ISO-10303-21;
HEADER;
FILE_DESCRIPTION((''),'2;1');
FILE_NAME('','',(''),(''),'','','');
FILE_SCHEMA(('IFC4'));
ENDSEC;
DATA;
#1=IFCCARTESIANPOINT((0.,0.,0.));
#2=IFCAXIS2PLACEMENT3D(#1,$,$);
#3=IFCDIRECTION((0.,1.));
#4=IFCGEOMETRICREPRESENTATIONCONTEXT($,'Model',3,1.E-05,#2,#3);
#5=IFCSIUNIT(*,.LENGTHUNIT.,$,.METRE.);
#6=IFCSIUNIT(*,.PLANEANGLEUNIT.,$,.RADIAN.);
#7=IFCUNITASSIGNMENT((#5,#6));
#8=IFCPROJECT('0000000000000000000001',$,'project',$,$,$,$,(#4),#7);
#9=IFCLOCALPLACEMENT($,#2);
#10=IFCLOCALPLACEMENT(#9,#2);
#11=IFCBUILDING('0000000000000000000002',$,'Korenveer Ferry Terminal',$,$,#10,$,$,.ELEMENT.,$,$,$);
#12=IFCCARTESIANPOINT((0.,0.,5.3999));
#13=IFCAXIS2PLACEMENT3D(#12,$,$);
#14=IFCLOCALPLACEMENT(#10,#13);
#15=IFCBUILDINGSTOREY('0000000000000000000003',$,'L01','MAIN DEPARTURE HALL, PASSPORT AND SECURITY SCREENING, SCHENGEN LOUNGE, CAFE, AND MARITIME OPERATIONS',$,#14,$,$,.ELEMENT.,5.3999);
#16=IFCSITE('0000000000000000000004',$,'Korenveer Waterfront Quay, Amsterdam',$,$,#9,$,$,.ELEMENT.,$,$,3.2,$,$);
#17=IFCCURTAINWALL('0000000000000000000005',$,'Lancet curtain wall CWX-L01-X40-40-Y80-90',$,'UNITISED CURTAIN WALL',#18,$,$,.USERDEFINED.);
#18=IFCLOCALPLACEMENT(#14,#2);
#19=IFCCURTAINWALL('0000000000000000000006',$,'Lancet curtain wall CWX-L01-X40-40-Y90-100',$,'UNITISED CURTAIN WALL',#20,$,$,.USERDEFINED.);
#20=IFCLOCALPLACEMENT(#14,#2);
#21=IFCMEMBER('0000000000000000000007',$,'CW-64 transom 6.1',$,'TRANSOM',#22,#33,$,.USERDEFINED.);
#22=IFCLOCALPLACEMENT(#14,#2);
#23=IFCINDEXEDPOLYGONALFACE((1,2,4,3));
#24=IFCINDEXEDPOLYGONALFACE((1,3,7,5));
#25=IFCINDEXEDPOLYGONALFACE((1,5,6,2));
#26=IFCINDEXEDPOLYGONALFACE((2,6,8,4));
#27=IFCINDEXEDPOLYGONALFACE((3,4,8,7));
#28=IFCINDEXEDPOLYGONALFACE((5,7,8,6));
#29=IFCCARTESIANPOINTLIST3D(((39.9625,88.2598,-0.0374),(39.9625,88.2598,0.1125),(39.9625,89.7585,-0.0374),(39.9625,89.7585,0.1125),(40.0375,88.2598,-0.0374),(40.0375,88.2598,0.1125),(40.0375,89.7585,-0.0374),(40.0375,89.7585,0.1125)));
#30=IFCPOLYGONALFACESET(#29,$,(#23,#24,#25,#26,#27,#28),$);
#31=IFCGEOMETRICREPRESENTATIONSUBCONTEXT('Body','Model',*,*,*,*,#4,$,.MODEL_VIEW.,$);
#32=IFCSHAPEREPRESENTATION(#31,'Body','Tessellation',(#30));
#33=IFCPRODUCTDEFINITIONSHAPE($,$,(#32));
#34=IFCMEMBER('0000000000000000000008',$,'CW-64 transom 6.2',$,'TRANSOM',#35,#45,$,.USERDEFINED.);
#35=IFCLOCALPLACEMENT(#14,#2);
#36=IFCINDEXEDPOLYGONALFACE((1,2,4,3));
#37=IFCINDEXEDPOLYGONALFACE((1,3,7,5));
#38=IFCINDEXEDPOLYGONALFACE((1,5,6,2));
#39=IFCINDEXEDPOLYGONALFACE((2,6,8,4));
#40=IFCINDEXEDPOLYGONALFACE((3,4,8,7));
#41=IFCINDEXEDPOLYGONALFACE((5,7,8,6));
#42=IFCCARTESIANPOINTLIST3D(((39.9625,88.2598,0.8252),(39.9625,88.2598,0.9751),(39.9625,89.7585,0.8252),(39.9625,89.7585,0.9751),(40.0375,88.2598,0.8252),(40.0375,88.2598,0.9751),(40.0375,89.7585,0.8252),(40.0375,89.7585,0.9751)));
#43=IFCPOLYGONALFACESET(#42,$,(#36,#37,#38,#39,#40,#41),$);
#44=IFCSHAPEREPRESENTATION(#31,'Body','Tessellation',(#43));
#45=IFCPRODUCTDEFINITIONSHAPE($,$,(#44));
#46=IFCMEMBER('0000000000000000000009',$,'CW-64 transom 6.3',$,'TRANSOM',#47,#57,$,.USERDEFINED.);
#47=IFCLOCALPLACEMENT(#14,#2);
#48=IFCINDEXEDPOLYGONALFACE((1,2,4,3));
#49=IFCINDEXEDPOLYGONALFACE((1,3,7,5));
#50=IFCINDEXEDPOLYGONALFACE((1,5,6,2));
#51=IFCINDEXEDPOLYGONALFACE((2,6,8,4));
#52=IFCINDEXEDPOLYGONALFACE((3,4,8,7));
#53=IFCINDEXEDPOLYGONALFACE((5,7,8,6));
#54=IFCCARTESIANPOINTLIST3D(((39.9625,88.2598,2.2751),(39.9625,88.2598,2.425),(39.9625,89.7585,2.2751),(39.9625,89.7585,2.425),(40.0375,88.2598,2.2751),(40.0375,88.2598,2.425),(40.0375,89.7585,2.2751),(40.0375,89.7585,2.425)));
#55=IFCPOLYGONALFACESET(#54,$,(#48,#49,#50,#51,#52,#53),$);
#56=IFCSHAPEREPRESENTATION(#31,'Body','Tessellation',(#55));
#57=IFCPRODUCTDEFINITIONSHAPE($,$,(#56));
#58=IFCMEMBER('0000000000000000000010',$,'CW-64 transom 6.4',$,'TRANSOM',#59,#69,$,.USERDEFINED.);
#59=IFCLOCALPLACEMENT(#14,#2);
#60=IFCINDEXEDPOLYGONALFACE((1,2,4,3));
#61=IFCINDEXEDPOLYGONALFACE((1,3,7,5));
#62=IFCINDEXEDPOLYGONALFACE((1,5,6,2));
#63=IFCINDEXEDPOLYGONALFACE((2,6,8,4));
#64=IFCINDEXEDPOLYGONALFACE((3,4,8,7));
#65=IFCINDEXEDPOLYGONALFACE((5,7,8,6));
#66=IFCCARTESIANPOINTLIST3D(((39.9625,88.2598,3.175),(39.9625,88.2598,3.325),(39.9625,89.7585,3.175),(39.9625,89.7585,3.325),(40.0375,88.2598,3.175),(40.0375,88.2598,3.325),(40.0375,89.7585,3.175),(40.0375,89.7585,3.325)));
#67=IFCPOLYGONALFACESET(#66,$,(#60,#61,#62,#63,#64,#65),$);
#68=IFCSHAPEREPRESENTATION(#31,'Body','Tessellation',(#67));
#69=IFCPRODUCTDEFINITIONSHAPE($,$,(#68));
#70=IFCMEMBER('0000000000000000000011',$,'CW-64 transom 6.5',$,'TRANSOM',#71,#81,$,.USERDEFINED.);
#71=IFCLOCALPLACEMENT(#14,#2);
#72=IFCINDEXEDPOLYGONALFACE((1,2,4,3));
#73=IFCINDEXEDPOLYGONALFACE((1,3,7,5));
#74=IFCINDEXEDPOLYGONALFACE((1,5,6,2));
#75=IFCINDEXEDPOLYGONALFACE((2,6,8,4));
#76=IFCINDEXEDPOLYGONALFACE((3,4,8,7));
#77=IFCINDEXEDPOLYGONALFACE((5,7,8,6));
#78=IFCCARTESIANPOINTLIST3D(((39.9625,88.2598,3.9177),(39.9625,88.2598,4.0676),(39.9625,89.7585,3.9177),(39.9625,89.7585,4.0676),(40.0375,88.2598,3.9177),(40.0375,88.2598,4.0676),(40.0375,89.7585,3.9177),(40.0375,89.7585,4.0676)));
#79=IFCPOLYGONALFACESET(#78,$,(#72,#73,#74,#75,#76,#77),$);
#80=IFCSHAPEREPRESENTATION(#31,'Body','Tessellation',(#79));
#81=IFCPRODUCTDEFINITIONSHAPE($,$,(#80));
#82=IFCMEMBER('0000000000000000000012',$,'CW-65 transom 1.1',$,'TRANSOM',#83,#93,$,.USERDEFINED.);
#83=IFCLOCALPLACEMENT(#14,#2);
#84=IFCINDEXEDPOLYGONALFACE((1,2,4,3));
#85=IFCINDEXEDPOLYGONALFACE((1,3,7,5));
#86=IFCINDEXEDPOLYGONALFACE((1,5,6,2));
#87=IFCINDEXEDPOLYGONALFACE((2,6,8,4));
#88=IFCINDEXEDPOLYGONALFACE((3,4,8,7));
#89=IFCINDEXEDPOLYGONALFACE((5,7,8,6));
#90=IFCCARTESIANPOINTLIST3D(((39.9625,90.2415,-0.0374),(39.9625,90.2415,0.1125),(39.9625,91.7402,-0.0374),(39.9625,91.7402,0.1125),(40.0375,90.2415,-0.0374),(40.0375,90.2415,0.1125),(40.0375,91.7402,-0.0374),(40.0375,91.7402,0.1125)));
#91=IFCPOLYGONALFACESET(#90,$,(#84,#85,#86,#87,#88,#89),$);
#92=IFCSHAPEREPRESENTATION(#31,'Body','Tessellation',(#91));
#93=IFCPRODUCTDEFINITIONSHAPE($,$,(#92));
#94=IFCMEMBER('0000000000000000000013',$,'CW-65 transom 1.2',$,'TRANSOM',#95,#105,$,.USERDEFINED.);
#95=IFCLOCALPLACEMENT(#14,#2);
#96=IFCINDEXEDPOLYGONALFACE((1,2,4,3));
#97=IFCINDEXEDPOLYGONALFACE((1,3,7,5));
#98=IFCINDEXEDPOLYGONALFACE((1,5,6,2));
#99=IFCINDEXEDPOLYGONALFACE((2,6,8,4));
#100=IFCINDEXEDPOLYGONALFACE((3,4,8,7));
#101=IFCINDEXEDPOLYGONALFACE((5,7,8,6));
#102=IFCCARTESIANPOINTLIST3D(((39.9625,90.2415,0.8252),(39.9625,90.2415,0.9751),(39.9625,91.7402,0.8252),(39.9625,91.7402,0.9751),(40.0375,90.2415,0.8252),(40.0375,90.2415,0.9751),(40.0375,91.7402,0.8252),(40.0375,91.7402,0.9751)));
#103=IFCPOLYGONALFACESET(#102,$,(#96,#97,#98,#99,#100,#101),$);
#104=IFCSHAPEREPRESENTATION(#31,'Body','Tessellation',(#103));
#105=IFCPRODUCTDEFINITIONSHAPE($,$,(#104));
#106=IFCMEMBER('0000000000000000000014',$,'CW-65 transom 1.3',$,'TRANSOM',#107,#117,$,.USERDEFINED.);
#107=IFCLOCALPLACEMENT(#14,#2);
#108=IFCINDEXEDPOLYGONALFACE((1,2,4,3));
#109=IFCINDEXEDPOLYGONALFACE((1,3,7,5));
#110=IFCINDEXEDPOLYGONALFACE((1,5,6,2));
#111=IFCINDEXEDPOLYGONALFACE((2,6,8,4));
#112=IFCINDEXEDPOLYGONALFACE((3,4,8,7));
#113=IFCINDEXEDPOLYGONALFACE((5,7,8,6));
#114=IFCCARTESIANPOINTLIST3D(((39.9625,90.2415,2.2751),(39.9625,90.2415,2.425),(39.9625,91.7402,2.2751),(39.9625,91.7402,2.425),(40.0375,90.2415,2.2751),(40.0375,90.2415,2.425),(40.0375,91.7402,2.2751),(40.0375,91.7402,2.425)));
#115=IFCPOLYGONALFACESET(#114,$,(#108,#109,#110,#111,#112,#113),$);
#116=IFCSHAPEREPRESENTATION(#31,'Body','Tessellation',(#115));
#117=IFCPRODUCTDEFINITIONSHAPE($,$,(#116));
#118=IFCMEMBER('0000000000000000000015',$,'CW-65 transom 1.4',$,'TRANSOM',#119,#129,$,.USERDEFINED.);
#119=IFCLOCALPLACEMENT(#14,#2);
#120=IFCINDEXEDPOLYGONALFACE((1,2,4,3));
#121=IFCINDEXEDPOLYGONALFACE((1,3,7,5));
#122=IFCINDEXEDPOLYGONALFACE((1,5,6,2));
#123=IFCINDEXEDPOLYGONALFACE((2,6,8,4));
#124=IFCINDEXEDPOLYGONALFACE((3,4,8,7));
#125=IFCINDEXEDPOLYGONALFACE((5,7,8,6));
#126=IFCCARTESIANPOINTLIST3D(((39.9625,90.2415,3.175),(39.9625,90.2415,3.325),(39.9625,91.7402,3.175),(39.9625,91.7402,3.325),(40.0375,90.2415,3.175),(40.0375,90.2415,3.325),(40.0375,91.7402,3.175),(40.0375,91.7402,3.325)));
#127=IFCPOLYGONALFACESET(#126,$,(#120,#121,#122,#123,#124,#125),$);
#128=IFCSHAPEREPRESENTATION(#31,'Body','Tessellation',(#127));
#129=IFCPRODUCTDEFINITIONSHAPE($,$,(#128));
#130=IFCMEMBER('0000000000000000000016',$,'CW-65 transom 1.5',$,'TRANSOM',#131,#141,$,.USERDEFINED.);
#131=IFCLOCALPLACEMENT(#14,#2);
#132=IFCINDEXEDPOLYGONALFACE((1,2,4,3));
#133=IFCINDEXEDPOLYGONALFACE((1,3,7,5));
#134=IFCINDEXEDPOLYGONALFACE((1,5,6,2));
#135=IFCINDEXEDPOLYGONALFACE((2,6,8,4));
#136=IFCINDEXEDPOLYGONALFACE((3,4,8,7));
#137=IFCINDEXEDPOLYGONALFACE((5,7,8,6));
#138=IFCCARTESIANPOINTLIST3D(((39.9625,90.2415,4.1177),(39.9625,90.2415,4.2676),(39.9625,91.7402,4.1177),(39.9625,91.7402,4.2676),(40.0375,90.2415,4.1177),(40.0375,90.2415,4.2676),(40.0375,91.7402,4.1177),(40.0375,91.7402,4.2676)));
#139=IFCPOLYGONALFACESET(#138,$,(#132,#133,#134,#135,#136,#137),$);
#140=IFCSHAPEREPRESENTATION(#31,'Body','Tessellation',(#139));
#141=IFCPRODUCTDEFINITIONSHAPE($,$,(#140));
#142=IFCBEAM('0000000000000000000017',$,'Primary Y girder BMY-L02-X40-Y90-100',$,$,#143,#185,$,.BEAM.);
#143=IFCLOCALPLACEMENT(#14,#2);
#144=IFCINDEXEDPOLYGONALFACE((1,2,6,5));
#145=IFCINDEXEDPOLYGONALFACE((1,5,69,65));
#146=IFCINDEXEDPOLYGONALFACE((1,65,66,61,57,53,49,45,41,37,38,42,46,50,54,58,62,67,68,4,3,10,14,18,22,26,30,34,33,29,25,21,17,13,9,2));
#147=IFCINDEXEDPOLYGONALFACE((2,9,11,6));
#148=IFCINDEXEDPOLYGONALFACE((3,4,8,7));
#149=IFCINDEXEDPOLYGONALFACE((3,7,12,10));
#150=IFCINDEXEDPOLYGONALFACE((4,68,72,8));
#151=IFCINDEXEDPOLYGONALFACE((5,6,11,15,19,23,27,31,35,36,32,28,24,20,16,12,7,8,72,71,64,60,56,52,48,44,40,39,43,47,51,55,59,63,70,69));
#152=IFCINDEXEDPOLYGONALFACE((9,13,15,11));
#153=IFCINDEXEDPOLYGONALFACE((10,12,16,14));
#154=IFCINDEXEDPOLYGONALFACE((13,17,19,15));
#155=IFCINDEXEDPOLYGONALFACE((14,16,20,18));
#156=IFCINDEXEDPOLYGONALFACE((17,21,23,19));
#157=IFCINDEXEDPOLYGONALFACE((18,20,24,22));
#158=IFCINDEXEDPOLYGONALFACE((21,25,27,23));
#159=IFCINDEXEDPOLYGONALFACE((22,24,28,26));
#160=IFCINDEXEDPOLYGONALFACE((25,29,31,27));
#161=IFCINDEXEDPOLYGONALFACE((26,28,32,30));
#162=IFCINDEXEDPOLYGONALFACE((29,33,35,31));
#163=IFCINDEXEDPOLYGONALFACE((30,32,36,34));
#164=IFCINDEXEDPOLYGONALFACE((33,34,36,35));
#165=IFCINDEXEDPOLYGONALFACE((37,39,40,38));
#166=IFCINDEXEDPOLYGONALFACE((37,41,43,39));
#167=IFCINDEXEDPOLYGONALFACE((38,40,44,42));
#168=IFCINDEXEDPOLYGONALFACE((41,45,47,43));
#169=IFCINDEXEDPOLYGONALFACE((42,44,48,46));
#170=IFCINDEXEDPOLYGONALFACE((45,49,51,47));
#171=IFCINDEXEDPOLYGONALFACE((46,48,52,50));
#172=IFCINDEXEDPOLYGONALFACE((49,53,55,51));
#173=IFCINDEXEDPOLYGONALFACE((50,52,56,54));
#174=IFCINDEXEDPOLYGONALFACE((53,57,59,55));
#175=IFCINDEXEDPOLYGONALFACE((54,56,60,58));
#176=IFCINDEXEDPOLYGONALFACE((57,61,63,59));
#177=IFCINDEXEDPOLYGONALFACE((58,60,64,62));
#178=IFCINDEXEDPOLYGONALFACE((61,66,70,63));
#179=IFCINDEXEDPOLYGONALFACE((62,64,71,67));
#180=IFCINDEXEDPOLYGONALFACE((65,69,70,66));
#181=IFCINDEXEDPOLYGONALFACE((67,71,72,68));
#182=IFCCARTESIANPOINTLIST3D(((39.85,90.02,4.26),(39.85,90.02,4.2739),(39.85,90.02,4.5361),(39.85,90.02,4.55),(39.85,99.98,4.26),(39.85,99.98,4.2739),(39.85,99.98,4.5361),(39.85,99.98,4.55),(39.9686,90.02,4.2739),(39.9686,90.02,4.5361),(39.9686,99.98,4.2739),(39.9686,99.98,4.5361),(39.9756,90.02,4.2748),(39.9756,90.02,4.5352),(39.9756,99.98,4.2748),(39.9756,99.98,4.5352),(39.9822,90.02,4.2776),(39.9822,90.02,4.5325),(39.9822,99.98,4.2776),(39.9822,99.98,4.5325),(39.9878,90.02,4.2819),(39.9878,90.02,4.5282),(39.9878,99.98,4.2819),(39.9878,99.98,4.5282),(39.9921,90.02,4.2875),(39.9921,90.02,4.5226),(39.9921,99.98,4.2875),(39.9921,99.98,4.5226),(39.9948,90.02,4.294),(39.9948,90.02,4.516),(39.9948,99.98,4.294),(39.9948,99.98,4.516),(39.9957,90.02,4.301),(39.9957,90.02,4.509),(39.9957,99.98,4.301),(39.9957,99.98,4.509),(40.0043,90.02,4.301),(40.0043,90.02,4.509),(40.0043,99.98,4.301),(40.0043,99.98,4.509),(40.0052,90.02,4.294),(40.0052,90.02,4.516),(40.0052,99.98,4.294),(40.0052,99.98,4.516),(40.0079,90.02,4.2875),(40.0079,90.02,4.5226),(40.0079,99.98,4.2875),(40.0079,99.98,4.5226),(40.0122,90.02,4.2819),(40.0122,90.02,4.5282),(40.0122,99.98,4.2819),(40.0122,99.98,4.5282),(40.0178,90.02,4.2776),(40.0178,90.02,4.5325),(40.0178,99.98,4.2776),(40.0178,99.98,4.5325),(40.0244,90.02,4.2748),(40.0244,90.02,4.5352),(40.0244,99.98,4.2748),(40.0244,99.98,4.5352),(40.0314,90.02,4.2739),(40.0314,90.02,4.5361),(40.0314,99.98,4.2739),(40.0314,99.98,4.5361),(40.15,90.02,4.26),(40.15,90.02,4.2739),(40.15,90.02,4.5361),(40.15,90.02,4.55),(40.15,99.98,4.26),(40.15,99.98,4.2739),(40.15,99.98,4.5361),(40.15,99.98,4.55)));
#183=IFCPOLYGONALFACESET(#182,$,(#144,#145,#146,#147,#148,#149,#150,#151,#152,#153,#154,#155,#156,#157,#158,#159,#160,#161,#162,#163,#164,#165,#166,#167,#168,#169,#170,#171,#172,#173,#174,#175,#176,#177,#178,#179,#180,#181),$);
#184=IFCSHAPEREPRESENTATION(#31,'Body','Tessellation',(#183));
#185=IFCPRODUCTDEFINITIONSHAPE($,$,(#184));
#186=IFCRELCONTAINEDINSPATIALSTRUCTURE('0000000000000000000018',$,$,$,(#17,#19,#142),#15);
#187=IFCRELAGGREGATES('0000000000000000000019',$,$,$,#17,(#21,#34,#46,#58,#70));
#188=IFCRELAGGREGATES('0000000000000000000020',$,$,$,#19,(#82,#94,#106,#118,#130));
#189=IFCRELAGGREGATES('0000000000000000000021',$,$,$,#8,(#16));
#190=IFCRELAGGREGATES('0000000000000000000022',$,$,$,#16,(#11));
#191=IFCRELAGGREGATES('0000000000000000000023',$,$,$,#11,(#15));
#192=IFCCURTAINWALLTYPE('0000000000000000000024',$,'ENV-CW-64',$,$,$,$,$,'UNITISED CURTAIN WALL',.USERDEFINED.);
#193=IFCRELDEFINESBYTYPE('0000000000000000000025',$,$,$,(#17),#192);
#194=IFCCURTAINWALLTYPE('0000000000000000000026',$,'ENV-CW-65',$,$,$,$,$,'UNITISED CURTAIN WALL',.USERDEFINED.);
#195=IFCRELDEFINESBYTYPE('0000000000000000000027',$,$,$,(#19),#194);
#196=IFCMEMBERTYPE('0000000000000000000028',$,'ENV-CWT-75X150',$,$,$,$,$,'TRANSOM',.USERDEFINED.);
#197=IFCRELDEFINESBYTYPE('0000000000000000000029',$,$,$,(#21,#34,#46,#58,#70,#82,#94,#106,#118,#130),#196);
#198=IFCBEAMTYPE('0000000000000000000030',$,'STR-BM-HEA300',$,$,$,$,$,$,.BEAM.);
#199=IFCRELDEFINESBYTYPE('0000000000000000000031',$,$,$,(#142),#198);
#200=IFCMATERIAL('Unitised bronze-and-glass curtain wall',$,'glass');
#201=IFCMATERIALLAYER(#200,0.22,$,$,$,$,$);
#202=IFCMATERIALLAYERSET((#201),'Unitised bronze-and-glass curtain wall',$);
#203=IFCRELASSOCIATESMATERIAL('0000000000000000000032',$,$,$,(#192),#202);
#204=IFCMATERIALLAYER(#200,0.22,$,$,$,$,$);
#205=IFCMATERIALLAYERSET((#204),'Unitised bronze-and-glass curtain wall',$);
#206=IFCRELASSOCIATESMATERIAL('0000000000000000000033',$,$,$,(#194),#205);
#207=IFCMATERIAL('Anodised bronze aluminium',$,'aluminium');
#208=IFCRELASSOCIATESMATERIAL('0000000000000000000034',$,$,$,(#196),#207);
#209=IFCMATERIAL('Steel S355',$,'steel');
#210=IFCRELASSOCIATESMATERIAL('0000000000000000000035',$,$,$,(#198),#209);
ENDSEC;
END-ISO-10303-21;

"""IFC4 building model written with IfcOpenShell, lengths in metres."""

from ifc_helpers import new_model, si_unit, direction, frame, origin, origin_2d, place, context, subcontext, project, spatial, rectangle, i_section, extrude, material, layer, layer_set, material_profile, profile_set, type_object, element, aggregate, save


model = new_model("IFC4")

# Units and contexts
model_context = context("Model", 3, precision=1e-05, world=origin(), true_north=direction((0.0, 1.0)))
body_context = subcontext(model_context, "Body", "Model", "MODEL_VIEW")
ifc_project = project(units=[si_unit("LENGTHUNIT", "METRE"), si_unit("PLANEANGLEUNIT", "RADIAN")], contexts=[model_context])

# Site, building, storey
site_placement = place(None, origin())
site = spatial("IfcSite", under=ifc_project, at=site_placement, Name="Korenveer Waterfront Quay, Amsterdam", CompositionType="ELEMENT", RefElevation=3.2)
building_placement = place(site_placement, origin())
building = spatial("IfcBuilding", under=site, at=building_placement, Name="Korenveer Ferry Terminal", CompositionType="ELEMENT")
storey_placement = place(building_placement, frame((0.0, 0.0, 5.3999)))
storey = spatial("IfcBuildingStorey", under=building, at=storey_placement, Name="L01", Description="MAIN DEPARTURE HALL, PASSPORT AND SECURITY SCREENING, SCHENGEN LOUNGE, CAFE, AND MARITIME OPERATIONS", CompositionType="ELEMENT", Elevation=5.3999)

# Shared definitions
ifc_material_1 = material(Name="Steel S355", Category="steel")

# Curtain wall
ifc_material_2 = material(Name="Unitised bronze-and-glass curtain wall", Category="glass")
ifc_layer_1 = layer(ifc_material_2, 0.22)
ifc_layer_set_1 = layer_set([ifc_layer_1], Name="Unitised bronze-and-glass curtain wall")
curtain_wall_type_1 = type_object("IfcCurtainWallType", Name="ENV-CW-64", ElementType="UNITISED CURTAIN WALL", PredefinedType="USERDEFINED", material=ifc_layer_set_1)
curtain_wall_1_placement = place(storey_placement, frame((40.0, 80.1665, 0.0)))
curtain_wall_1 = element("IfcCurtainWall", 1, at=curtain_wall_1_placement, inside=storey, type_object=curtain_wall_type_1, Name="Lancet curtain wall CWX-L01-X40-40-Y80-90", ObjectType="UNITISED CURTAIN WALL", PredefinedType="USERDEFINED")
ifc_material_3 = material(Name="Anodised bronze aluminium", Category="aluminium")

# Curtain wall
ifc_layer_2 = layer(ifc_material_2, 0.22)
ifc_layer_set_2 = layer_set([ifc_layer_2], Name="Unitised bronze-and-glass curtain wall")
curtain_wall_type_2 = type_object("IfcCurtainWallType", Name="ENV-CW-65", ElementType="UNITISED CURTAIN WALL", PredefinedType="USERDEFINED", material=ifc_layer_set_2)
curtain_wall_2_placement = place(storey_placement, frame((40.0, 90.1665, 0.0)))
curtain_wall_2 = element("IfcCurtainWall", 2, at=curtain_wall_2_placement, inside=storey, type_object=curtain_wall_type_2, Name="Lancet curtain wall CWX-L01-X40-40-Y90-100", ObjectType="UNITISED CURTAIN WALL", PredefinedType="USERDEFINED")

# Members
ifc_material_profile_1 = material_profile(ifc_material_3, rectangle(XDim=0.075, YDim=0.1499, at=origin_2d()), Name="ALU 75x150")
ifc_profile_set_1 = profile_set([ifc_material_profile_1], Name="Anodised bronze aluminium")
member_type_1 = type_object("IfcMemberType", Name="ENV-CWT-75X150", ElementType="TRANSOM", PredefinedType="USERDEFINED", material=ifc_profile_set_1)
member_1_placement = place(storey_placement, frame((40.0, 88.2598, 0.0376), z_axis=(0.0, 1.0, 0.0), x_axis=(-1.0, 0.0, 0.0)))
member_1 = element("IfcMember", 3, at=member_1_placement, type_object=member_type_1, Name="CW-64 transom 6.1", ObjectType="TRANSOM", PredefinedType="USERDEFINED", context=body_context, shape_type="SweptSolid", body=[
    extrude(rectangle(XDim=0.075, YDim=0.1499, at=origin_2d()), origin(), (0.0, 0.0, 1.0), 1.4988),
])
member_2_placement = place(storey_placement, frame((40.0, 88.2598, 0.9001), z_axis=(0.0, 1.0, 0.0), x_axis=(-1.0, 0.0, 0.0)))
member_2 = element("IfcMember", 4, at=member_2_placement, type_object=member_type_1, Name="CW-64 transom 6.2", ObjectType="TRANSOM", PredefinedType="USERDEFINED", context=body_context, shape_type="SweptSolid", body=[
    extrude(rectangle(XDim=0.075, YDim=0.1499, at=origin_2d()), origin(), (0.0, 0.0, 1.0), 1.4988),
])
member_3_placement = place(storey_placement, frame((40.0, 88.2598, 2.3501), z_axis=(0.0, 1.0, 0.0), x_axis=(-1.0, 0.0, 0.0)))
member_3 = element("IfcMember", 5, at=member_3_placement, type_object=member_type_1, Name="CW-64 transom 6.3", ObjectType="TRANSOM", PredefinedType="USERDEFINED", context=body_context, shape_type="SweptSolid", body=[
    extrude(rectangle(XDim=0.075, YDim=0.1499, at=origin_2d()), origin(), (0.0, 0.0, 1.0), 1.4988),
])
member_4_placement = place(storey_placement, frame((40.0, 88.2598, 3.25), z_axis=(0.0, 1.0, 0.0), x_axis=(-1.0, 0.0, 0.0)))
member_4 = element("IfcMember", 6, at=member_4_placement, type_object=member_type_1, Name="CW-64 transom 6.4", ObjectType="TRANSOM", PredefinedType="USERDEFINED", context=body_context, shape_type="SweptSolid", body=[
    extrude(rectangle(XDim=0.075, YDim=0.1499, at=origin_2d()), origin(), (0.0, 0.0, 1.0), 1.4988),
])
member_5_placement = place(storey_placement, frame((40.0, 88.2598, 3.9927), z_axis=(0.0, 1.0, 0.0), x_axis=(-1.0, 0.0, 0.0)))
member_5 = element("IfcMember", 7, at=member_5_placement, type_object=member_type_1, Name="CW-64 transom 6.5", ObjectType="TRANSOM", PredefinedType="USERDEFINED", context=body_context, shape_type="SweptSolid", body=[
    extrude(rectangle(XDim=0.075, YDim=0.1499, at=origin_2d()), origin(), (0.0, 0.0, 1.0), 1.4988),
])
member_6_placement = place(storey_placement, frame((40.0, 90.2415, 0.0376), z_axis=(0.0, 1.0, 0.0), x_axis=(-1.0, 0.0, 0.0)))
member_6 = element("IfcMember", 8, at=member_6_placement, type_object=member_type_1, Name="CW-65 transom 1.1", ObjectType="TRANSOM", PredefinedType="USERDEFINED", context=body_context, shape_type="SweptSolid", body=[
    extrude(rectangle(XDim=0.075, YDim=0.1499, at=origin_2d()), origin(), (0.0, 0.0, 1.0), 1.4988),
])
member_7_placement = place(storey_placement, frame((40.0, 90.2415, 0.9001), z_axis=(0.0, 1.0, 0.0), x_axis=(-1.0, 0.0, 0.0)))
member_7 = element("IfcMember", 9, at=member_7_placement, type_object=member_type_1, Name="CW-65 transom 1.2", ObjectType="TRANSOM", PredefinedType="USERDEFINED", context=body_context, shape_type="SweptSolid", body=[
    extrude(rectangle(XDim=0.075, YDim=0.1499, at=origin_2d()), origin(), (0.0, 0.0, 1.0), 1.4988),
])
member_8_placement = place(storey_placement, frame((40.0, 90.2415, 2.3501), z_axis=(0.0, 1.0, 0.0), x_axis=(-1.0, 0.0, 0.0)))
member_8 = element("IfcMember", 10, at=member_8_placement, type_object=member_type_1, Name="CW-65 transom 1.3", ObjectType="TRANSOM", PredefinedType="USERDEFINED", context=body_context, shape_type="SweptSolid", body=[
    extrude(rectangle(XDim=0.075, YDim=0.1499, at=origin_2d()), origin(), (0.0, 0.0, 1.0), 1.4988),
])
member_9_placement = place(storey_placement, frame((40.0, 90.2415, 3.25), z_axis=(0.0, 1.0, 0.0), x_axis=(-1.0, 0.0, 0.0)))
member_9 = element("IfcMember", 11, at=member_9_placement, type_object=member_type_1, Name="CW-65 transom 1.4", ObjectType="TRANSOM", PredefinedType="USERDEFINED", context=body_context, shape_type="SweptSolid", body=[
    extrude(rectangle(XDim=0.075, YDim=0.1499, at=origin_2d()), origin(), (0.0, 0.0, 1.0), 1.4988),
])
member_10_placement = place(storey_placement, frame((40.0, 90.2415, 4.1926), z_axis=(0.0, 1.0, 0.0), x_axis=(-1.0, 0.0, 0.0)))
member_10 = element("IfcMember", 12, at=member_10_placement, type_object=member_type_1, Name="CW-65 transom 1.5", ObjectType="TRANSOM", PredefinedType="USERDEFINED", context=body_context, shape_type="SweptSolid", body=[
    extrude(rectangle(XDim=0.075, YDim=0.1499, at=origin_2d()), origin(), (0.0, 0.0, 1.0), 1.4988),
])

# Beam
ifc_material_profile_2 = material_profile(ifc_material_1, i_section(OverallWidth=0.3, OverallDepth=0.29, WebThickness=0.0085, FlangeThickness=0.0139, FilletRadius=0.0271, at=origin_2d()), Name="HEA 300")
ifc_profile_set_2 = profile_set([ifc_material_profile_2], Name="Steel S355")
beam_type_1 = type_object("IfcBeamType", Name="STR-BM-HEA300", PredefinedType="BEAM", material=ifc_profile_set_2)
beam_1_placement = place(storey_placement, frame((40.0, 90.02, 4.405), z_axis=(0.0, 1.0, 0.0), x_axis=(-1.0, 0.0, 0.0)))
element("IfcBeam", 13, at=beam_1_placement, inside=storey, type_object=beam_type_1, Name="Primary Y girder BMY-L02-X40-Y90-100", PredefinedType="BEAM", context=body_context, shape_type="SweptSolid", body=[
    extrude(i_section(OverallWidth=0.3, OverallDepth=0.29, WebThickness=0.0085, FlangeThickness=0.0139, FilletRadius=0.0271, at=origin_2d()), origin(), (0.0, 0.0, 1.0), 9.96),
])

aggregate(curtain_wall_1, [member_1, member_2, member_3, member_4, member_5])
aggregate(curtain_wall_2, [member_6, member_7, member_8, member_9, member_10])

save(model, "model.ifc")
